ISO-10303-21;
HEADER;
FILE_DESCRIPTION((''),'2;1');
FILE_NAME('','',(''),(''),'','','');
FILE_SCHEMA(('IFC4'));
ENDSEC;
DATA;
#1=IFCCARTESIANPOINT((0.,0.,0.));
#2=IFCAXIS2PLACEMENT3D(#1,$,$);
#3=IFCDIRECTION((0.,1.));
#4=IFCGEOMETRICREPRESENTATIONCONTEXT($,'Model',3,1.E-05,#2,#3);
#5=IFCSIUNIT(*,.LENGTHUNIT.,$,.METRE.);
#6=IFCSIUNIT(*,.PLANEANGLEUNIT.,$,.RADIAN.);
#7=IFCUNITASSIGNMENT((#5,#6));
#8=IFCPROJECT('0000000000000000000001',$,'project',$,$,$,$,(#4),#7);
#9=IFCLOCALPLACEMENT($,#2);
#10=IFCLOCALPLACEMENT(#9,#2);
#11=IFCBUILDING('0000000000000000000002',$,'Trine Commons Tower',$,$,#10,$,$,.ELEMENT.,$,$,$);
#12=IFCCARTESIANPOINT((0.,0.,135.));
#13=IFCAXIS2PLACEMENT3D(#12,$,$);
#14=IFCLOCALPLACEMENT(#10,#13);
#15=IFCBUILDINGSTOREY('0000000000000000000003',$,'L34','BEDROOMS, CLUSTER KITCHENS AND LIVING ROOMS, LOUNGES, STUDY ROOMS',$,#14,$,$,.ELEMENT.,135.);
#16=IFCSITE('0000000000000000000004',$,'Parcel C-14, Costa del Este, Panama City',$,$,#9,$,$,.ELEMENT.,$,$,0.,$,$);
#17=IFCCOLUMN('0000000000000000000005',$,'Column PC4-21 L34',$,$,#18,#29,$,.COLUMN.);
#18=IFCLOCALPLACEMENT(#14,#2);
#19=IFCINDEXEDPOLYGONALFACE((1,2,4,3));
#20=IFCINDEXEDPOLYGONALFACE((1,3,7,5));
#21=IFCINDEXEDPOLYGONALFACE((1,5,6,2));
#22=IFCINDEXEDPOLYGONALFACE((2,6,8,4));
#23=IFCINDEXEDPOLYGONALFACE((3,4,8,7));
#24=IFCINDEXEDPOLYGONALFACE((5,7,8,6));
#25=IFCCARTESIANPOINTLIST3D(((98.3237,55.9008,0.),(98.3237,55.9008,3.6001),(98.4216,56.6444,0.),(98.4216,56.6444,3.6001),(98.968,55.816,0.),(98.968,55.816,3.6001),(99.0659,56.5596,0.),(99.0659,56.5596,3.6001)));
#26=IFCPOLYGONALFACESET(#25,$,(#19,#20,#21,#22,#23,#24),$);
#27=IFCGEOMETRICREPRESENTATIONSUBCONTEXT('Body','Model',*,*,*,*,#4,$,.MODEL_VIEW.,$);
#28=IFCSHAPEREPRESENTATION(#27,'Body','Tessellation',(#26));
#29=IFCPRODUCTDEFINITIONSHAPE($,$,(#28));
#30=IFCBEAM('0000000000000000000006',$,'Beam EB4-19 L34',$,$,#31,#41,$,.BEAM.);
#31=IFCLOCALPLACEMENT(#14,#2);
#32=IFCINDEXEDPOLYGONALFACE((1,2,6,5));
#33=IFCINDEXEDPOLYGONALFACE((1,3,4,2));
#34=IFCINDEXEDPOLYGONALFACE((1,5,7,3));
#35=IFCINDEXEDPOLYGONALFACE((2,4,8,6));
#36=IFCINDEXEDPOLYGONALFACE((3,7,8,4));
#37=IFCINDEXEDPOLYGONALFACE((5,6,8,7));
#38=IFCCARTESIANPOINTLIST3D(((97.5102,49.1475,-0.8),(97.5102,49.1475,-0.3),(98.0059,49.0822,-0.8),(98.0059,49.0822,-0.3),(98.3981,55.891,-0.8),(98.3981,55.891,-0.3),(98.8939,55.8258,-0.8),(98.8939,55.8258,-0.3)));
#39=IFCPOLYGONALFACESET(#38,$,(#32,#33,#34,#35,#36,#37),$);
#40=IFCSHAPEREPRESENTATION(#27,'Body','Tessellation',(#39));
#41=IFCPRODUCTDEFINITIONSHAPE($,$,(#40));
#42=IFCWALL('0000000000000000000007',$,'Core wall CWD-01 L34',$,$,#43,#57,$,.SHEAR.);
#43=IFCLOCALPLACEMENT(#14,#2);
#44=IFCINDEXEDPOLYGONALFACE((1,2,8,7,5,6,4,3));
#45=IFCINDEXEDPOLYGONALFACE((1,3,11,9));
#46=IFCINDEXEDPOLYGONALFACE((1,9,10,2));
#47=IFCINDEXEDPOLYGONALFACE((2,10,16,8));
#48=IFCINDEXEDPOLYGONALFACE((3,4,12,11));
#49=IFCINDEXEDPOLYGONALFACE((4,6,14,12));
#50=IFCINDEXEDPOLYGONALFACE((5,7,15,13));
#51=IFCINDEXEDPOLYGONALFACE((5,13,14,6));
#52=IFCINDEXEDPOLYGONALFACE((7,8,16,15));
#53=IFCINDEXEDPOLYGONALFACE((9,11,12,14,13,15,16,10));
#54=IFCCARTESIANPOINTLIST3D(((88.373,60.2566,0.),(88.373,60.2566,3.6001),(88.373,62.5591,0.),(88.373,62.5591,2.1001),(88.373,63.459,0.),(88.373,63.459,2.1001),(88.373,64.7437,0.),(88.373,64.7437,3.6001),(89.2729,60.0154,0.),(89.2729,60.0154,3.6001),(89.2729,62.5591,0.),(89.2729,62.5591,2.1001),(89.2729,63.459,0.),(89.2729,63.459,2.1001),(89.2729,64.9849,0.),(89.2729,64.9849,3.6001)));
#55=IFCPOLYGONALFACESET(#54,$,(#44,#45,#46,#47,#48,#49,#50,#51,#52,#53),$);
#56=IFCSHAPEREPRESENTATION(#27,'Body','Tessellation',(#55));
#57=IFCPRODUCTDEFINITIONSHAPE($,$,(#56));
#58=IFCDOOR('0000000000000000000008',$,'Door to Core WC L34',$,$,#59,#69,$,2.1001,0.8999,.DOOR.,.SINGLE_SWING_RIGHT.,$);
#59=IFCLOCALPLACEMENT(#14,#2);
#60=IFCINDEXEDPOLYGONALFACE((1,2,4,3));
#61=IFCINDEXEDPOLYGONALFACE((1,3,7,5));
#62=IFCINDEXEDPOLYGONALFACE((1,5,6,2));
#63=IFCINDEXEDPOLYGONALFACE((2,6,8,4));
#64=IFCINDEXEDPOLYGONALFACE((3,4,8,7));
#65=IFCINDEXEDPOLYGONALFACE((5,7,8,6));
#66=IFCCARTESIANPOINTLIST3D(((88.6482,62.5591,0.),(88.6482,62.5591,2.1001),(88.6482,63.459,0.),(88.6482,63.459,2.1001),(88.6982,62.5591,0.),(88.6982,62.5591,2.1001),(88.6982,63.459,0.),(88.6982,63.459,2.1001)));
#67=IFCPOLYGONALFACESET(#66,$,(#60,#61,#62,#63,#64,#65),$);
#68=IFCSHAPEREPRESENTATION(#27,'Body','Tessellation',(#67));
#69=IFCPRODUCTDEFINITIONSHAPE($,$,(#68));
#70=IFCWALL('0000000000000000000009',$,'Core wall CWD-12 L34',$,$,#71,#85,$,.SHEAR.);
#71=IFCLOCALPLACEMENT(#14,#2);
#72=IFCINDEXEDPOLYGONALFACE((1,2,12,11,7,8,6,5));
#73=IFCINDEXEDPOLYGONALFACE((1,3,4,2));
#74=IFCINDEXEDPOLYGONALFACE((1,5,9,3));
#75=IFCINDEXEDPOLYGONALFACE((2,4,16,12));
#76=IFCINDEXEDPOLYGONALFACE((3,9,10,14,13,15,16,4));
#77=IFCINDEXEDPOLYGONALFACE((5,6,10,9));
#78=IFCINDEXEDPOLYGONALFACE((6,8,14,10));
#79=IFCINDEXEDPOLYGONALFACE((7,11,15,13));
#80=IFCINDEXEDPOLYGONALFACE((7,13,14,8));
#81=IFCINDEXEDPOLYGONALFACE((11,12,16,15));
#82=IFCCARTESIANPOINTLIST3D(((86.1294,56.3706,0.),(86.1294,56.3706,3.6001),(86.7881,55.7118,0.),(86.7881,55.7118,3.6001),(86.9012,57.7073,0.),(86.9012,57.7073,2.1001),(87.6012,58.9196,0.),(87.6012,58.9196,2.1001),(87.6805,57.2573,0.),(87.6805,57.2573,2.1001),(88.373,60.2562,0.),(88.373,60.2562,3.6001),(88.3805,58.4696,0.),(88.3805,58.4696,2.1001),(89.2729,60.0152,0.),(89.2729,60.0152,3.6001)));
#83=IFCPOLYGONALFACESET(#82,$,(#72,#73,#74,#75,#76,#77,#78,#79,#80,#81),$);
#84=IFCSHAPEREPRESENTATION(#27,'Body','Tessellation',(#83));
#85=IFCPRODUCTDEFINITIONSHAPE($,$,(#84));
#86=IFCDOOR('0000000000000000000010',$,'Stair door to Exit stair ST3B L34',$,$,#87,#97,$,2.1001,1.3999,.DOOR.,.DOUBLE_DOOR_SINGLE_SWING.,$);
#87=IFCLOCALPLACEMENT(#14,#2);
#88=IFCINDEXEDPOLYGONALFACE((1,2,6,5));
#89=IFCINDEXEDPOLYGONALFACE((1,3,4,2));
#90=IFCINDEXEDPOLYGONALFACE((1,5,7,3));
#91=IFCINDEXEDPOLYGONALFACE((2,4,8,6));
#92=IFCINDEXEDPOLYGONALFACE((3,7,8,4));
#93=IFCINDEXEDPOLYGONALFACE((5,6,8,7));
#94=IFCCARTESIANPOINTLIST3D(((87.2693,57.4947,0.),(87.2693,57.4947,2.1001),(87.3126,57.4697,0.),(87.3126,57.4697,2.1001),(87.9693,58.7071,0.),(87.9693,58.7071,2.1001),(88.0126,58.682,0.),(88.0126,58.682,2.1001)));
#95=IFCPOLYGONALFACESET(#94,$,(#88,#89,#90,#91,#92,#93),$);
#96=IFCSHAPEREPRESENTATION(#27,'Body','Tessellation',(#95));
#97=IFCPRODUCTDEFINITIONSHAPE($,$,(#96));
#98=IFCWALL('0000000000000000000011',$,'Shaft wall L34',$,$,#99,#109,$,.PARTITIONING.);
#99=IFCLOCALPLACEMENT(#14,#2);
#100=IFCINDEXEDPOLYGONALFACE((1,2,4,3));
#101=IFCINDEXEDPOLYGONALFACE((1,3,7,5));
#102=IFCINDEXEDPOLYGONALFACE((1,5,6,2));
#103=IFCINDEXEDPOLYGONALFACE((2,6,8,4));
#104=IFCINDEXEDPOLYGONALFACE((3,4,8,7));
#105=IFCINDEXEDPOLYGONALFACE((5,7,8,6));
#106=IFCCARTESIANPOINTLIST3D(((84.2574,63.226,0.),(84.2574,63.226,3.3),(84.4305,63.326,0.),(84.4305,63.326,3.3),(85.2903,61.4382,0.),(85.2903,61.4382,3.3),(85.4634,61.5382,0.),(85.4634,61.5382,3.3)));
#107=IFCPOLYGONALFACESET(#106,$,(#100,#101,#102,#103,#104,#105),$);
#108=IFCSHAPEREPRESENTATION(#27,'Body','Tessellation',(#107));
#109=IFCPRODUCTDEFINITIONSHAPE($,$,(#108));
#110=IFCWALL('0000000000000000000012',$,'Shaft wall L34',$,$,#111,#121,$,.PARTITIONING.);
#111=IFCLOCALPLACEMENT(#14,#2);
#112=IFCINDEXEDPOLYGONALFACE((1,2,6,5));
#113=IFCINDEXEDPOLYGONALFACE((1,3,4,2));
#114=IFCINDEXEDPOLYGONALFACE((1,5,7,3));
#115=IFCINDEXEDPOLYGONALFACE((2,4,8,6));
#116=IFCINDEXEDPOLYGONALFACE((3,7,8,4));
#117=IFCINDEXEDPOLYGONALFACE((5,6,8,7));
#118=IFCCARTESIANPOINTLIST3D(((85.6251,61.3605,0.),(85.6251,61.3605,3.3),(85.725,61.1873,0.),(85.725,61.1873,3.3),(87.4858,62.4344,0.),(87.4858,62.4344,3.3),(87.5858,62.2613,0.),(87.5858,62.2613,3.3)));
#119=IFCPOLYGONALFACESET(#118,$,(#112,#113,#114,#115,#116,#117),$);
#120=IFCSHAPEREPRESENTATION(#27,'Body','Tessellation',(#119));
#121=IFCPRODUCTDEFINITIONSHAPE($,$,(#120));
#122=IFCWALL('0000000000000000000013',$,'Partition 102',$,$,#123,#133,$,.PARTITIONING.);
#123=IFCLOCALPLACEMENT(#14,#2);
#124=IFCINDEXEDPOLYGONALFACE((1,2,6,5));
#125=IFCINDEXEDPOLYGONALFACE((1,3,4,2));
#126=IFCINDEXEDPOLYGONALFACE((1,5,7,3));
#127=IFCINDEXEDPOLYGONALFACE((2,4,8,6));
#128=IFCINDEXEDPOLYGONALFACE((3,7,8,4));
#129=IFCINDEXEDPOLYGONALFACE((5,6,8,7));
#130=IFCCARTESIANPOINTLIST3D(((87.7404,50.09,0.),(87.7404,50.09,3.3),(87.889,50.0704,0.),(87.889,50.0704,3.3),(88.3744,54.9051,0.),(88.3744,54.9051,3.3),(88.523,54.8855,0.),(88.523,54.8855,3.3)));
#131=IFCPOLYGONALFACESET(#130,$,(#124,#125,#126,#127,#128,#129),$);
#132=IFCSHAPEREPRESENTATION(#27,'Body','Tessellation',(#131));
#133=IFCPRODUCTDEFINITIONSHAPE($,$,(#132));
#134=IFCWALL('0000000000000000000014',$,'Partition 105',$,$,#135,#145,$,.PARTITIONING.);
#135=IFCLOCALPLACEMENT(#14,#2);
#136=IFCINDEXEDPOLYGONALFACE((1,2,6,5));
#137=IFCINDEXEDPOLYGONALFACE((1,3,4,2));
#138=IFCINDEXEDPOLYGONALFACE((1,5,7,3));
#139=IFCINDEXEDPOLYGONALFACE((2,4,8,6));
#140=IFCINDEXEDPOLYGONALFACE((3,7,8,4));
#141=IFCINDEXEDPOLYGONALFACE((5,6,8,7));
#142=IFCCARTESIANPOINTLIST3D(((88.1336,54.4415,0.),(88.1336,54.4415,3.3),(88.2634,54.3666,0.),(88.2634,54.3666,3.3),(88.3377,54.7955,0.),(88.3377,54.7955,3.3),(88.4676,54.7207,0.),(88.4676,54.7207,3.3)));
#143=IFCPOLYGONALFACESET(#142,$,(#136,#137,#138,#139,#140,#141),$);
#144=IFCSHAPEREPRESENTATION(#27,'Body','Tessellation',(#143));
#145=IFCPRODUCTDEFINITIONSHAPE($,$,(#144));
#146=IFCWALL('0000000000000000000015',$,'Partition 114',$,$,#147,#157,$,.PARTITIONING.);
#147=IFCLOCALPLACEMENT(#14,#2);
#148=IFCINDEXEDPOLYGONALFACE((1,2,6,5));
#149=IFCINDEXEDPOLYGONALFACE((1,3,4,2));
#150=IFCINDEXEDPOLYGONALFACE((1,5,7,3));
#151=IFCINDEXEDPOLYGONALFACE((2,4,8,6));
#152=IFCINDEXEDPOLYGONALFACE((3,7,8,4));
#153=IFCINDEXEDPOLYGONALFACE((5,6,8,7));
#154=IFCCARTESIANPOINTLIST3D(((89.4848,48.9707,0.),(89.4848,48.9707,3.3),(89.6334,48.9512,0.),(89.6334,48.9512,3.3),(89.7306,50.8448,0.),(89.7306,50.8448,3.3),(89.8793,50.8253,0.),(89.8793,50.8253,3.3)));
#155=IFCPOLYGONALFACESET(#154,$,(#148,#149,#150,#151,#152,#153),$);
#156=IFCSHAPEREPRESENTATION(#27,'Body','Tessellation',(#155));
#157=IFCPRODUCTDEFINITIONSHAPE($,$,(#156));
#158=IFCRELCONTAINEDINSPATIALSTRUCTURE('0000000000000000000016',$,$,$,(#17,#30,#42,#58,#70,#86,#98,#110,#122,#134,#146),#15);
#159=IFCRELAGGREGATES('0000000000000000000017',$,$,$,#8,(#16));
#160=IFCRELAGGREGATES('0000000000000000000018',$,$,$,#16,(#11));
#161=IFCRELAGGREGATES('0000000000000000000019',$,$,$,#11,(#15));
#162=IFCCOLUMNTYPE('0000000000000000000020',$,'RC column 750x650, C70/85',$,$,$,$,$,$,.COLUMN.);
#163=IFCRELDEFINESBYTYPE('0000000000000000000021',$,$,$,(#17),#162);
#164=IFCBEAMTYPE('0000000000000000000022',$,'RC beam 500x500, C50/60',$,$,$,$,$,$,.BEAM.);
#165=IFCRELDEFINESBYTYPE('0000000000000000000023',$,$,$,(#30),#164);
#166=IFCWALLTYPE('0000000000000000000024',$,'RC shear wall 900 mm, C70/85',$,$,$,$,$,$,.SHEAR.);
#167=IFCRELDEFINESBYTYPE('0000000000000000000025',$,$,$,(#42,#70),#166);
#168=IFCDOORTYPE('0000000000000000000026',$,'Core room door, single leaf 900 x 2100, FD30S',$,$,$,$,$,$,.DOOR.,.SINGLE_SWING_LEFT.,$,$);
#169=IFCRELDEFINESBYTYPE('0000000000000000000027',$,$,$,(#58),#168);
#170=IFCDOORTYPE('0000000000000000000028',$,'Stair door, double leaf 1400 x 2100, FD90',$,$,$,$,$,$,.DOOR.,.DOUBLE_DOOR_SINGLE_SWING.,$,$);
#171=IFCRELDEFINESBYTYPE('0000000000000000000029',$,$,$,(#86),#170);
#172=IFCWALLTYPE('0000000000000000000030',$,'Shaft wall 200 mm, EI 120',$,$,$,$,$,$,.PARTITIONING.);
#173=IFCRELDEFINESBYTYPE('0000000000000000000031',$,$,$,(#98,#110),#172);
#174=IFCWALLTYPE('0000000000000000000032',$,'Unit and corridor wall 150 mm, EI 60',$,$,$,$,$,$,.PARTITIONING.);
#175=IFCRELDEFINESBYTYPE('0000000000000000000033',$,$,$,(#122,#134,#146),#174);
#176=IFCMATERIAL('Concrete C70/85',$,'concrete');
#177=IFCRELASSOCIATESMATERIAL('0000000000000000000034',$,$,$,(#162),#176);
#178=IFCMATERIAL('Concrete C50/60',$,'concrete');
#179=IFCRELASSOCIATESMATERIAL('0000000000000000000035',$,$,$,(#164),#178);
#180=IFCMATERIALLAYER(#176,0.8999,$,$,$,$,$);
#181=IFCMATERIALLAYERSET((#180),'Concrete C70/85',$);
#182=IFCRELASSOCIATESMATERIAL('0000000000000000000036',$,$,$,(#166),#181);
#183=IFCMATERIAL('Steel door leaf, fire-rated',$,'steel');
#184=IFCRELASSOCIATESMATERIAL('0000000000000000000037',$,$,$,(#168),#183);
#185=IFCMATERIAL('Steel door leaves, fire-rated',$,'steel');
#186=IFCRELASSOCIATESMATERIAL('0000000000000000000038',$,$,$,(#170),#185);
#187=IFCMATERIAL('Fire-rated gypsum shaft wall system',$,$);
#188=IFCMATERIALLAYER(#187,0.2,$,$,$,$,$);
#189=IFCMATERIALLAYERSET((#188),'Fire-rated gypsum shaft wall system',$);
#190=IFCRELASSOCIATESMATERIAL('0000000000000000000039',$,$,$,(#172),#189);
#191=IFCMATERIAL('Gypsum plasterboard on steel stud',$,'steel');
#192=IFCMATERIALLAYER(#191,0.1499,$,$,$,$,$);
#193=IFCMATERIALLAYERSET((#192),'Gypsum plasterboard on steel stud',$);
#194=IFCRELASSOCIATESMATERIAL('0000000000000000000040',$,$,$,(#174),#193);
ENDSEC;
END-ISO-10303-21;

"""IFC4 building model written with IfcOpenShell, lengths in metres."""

from ifc_helpers import new_model, si_unit, direction, frame, frame_2d, origin, origin_2d, place, context, subcontext, project, spatial, polyline, rectangle, outline, extrude, material, layer, layer_set, material_profile, profile_set, type_object, element, fill, save


model = new_model("IFC4")

# Units and contexts
model_context = context("Model", 3, precision=1e-05, world=origin(), true_north=direction((0.0, 1.0)))
body_context = subcontext(model_context, "Body", "Model", "MODEL_VIEW")
ifc_project = project(units=[si_unit("LENGTHUNIT", "METRE"), si_unit("PLANEANGLEUNIT", "RADIAN")], contexts=[model_context])

# Site, building, storey
site_placement = place(None, origin())
site = spatial("IfcSite", under=ifc_project, at=site_placement, Name="Parcel C-14, Costa del Este, Panama City", CompositionType="ELEMENT", RefElevation=0.0)
building_placement = place(site_placement, origin())
building = spatial("IfcBuilding", under=site, at=building_placement, Name="Trine Commons Tower", CompositionType="ELEMENT")
storey_placement = place(building_placement, frame((0.0, 0.0, 135.0)))
storey = spatial("IfcBuildingStorey", under=building, at=storey_placement, Name="L34", Description="BEDROOMS, CLUSTER KITCHENS AND LIVING ROOMS, LOUNGES, STUDY ROOMS", CompositionType="ELEMENT", Elevation=135.0)

# Column
ifc_material_1 = material(Name="Concrete C70/85", Category="concrete")
ifc_material_profile_1 = material_profile(ifc_material_1, rectangle(XDim=0.75, YDim=0.6499, at=origin_2d()), Name="RC 750x650")
ifc_profile_set_1 = profile_set([ifc_material_profile_1], Name="Concrete C70/85")
column_type = type_object("IfcColumnType", Name="RC column 750x650, C70/85", PredefinedType="COLUMN", material=ifc_profile_set_1)
column_placement = place(storey_placement, frame((98.6948, 56.2302, 0.0), z_axis=(0.0, 0.0, 1.0), x_axis=(0.130526, 0.991445, 0.0)))
element("IfcColumn", 1, at=column_placement, inside=storey, type_object=column_type, Name="Column PC4-21 L34", PredefinedType="COLUMN", context=body_context, shape_type="SweptSolid", body=[
    extrude(rectangle(XDim=0.75, YDim=0.6499, at=origin_2d()), origin(), (0.0, 0.0, 1.0), 3.6001),
])

# Beam
ifc_material_2 = material(Name="Concrete C50/60", Category="concrete")
ifc_material_profile_2 = material_profile(ifc_material_2, rectangle(XDim=0.5, YDim=0.5, at=origin_2d()), Name="RC 500x500")
ifc_profile_set_2 = profile_set([ifc_material_profile_2], Name="Concrete C50/60")
beam_type = type_object("IfcBeamType", Name="RC beam 500x500, C50/60", PredefinedType="BEAM", material=ifc_profile_set_2)
beam_placement = place(storey_placement, frame((98.646, 55.8584, -0.55), z_axis=(-0.130544, -0.991443, 0.0), x_axis=(0.991443, -0.130544, 0.0)))
element("IfcBeam", 2, at=beam_placement, inside=storey, type_object=beam_type, Name="Beam EB4-19 L34", PredefinedType="BEAM", context=body_context, shape_type="SweptSolid", body=[
    extrude(rectangle(XDim=0.5, YDim=0.5, at=origin_2d()), origin(), (0.0, 0.0, 1.0), 6.8018),
])

# Walls, openings, doors
ifc_layer_1 = layer(ifc_material_1, 0.8999)
ifc_layer_set_1 = layer_set([ifc_layer_1], Name="Concrete C70/85")
wall_type_1 = type_object("IfcWallType", Name="RC shear wall 900 mm, C70/85", PredefinedType="SHEAR", material=ifc_layer_set_1)
wall_1_placement = place(storey_placement, frame((88.823, 60.0154, 0.0), z_axis=(0.0, 0.0, 1.0), x_axis=(0.0, 1.0, 0.0)))
wall_1 = element("IfcWall", 3, at=wall_1_placement, inside=storey, type_object=wall_type_1, Name="Core wall CWD-01 L34", PredefinedType="SHEAR", context=body_context, shape_type="SweptSolid", body=[
    extrude(outline(polyline([(0.0, -0.45), (4.9695, -0.45), (4.7283, 0.45), (0.2412, 0.45), (0.0, -0.45)])), origin(), (0.0, 0.0, 1.0), 3.6001),
])
opening_1_placement = place(wall_1_placement, frame((2.5437, 0.0, 0.0)))
opening_1 = element("IfcOpeningElement", 4, at=opening_1_placement, cuts=wall_1, PredefinedType="OPENING", context=body_context, shape_type="SweptSolid", body=[
    extrude(rectangle(XDim=0.8999, YDim=2.1001, at=frame_2d((0.45, 1.05))), frame((0.0, 0.46, 0.0), z_axis=(0.0, -1.0, 0.0), x_axis=(1.0, 0.0, 0.0)), (0.0, 0.0, 1.0), 0.9199),
])
ifc_material_3 = material(Name="Steel door leaf, fire-rated", Category="steel")
door_type_1 = type_object("IfcDoorType", Name="Core room door, single leaf 900 x 2100, FD30S", OperationType="SINGLE_SWING_LEFT", PredefinedType="DOOR", material=ifc_material_3)
door_1_placement = place(opening_1_placement, origin())
door_1 = element("IfcDoor", 5, at=door_1_placement, inside=storey, type_object=door_type_1, Name="Door to Core WC L34", OperationType="SINGLE_SWING_RIGHT", OverallHeight=2.1001, OverallWidth=0.8999, PredefinedType="DOOR", context=body_context, shape_type="SweptSolid", body=[
    extrude(rectangle(XDim=0.8999, YDim=2.1001, at=frame_2d((0.45, 1.05))), frame((0.0, 0.1748, 0.0), z_axis=(0.0, -1.0, 0.0), x_axis=(1.0, 0.0, 0.0)), (0.0, 0.0, 1.0), 0.05),
])
fill(opening_1, door_1)
wall_2_placement = place(storey_placement, frame((86.3984, 55.9368, 0.0), z_axis=(0.0, 0.0, 1.0), x_axis=(0.500039, 0.866003, 0.0)))
wall_2 = element("IfcWall", 6, at=wall_2_placement, inside=storey, type_object=wall_type_1, Name="Core wall CWD-12 L34", PredefinedType="SHEAR", context=body_context, shape_type="SweptSolid", body=[
    extrude(outline(polyline([(0.0, -0.45), (4.9692, -0.45), (4.728, 0.45), (0.2412, 0.45), (0.0, -0.45)])), origin(), (0.0, 0.0, 1.0), 3.6001),
])
opening_2_placement = place(wall_2_placement, frame((1.7847, 0.0, 0.0)))
opening_2 = element("IfcOpeningElement", 7, at=opening_2_placement, cuts=wall_2, PredefinedType="OPENING", context=body_context, shape_type="SweptSolid", body=[
    extrude(rectangle(XDim=1.3999, YDim=2.1001, at=frame_2d((0.7, 1.05))), frame((0.0, 0.46, 0.0), z_axis=(0.0, -1.0, 0.0), x_axis=(1.0, 0.0, 0.0)), (0.0, 0.0, 1.0), 0.9199),
])
ifc_material_4 = material(Name="Steel door leaves, fire-rated", Category="steel")
door_type_2 = type_object("IfcDoorType", Name="Stair door, double leaf 1400 x 2100, FD90", OperationType="DOUBLE_DOOR_SINGLE_SWING", PredefinedType="DOOR", material=ifc_material_4)
door_2_placement = place(opening_2_placement, origin())
door_2 = element("IfcDoor", 8, at=door_2_placement, inside=storey, type_object=door_type_2, Name="Stair door to Exit stair ST3B L34", OperationType="DOUBLE_DOOR_SINGLE_SWING", OverallHeight=2.1001, OverallWidth=1.3999, PredefinedType="DOOR", context=body_context, shape_type="SweptSolid", body=[
    extrude(rectangle(XDim=1.3999, YDim=2.1001, at=frame_2d((0.7, 1.05))), frame((0.0, 0.0249, 0.0), z_axis=(0.0, -1.0, 0.0), x_axis=(1.0, 0.0, 0.0)), (0.0, 0.0, 1.0), 0.05),
])
fill(opening_2, door_2)

# Walls
ifc_material_5 = material(Name="Fire-rated gypsum shaft wall system")
ifc_layer_2 = layer(ifc_material_5, 0.2)
ifc_layer_set_2 = layer_set([ifc_layer_2], Name="Fire-rated gypsum shaft wall system")
wall_type_2 = type_object("IfcWallType", Name="Shaft wall 200 mm, EI 120", PredefinedType="PARTITIONING", material=ifc_layer_set_2)
wall_3_placement = place(storey_placement, frame((84.344, 63.2759, 0.0), z_axis=(0.0, 0.0, 1.0), x_axis=(0.500272, -0.865868, 0.0)))
element("IfcWall", 9, at=wall_3_placement, inside=storey, type_object=wall_type_2, Name="Shaft wall L34", PredefinedType="PARTITIONING", context=body_context, shape_type="SweptSolid", body=[
    extrude(rectangle(XDim=2.0647, YDim=0.2, at=frame_2d((1.0322, 0.0))), origin(), (0.0, 0.0, 1.0), 3.3),
])
wall_4_placement = place(storey_placement, frame((85.675, 61.2739, 0.0), z_axis=(0.0, 0.0, 1.0), x_axis=(0.866102, 0.499867, 0.0)))
element("IfcWall", 10, at=wall_4_placement, inside=storey, type_object=wall_type_2, Name="Shaft wall L34", PredefinedType="PARTITIONING", context=body_context, shape_type="SweptSolid", body=[
    extrude(rectangle(XDim=2.1484, YDim=0.2, at=frame_2d((1.0742, 0.0))), origin(), (0.0, 0.0, 1.0), 3.3),
])
ifc_material_6 = material(Name="Gypsum plasterboard on steel stud", Category="steel")
ifc_layer_3 = layer(ifc_material_6, 0.1499)
ifc_layer_set_3 = layer_set([ifc_layer_3], Name="Gypsum plasterboard on steel stud")
wall_type_3 = type_object("IfcWallType", Name="Unit and corridor wall 150 mm, EI 60", PredefinedType="PARTITIONING", material=ifc_layer_set_3)
wall_5_placement = place(storey_placement, frame((87.8147, 50.0803, 0.0), z_axis=(0.0, 0.0, 1.0), x_axis=(0.130547, 0.991442, 0.0)))
element("IfcWall", 11, at=wall_5_placement, inside=storey, type_object=wall_type_3, Name="Partition 102", PredefinedType="PARTITIONING", context=body_context, shape_type="SweptSolid", body=[
    extrude(rectangle(XDim=4.8567, YDim=0.1499, at=frame_2d((2.4282, 0.0))), origin(), (0.0, 0.0, 1.0), 3.3),
])
wall_6_placement = place(storey_placement, frame((88.1985, 54.4041, 0.0), z_axis=(0.0, 0.0, 1.0), x_axis=(0.499481, 0.866325, 0.0)))
element("IfcWall", 12, at=wall_6_placement, inside=storey, type_object=wall_type_3, Name="Partition 105", PredefinedType="PARTITIONING", context=body_context, shape_type="SweptSolid", body=[
    extrude(rectangle(XDim=0.4087, YDim=0.1499, at=frame_2d((0.2043, 0.0))), origin(), (0.0, 0.0, 1.0), 3.3),
])
wall_7_placement = place(storey_placement, frame((89.5591, 48.9609, 0.0), z_axis=(0.0, 0.0, 1.0), x_axis=(0.130074, 0.991504, 0.0)))
element("IfcWall", 13, at=wall_7_placement, inside=storey, type_object=wall_type_3, Name="Partition 114", PredefinedType="PARTITIONING", context=body_context, shape_type="SweptSolid", body=[
    extrude(rectangle(XDim=1.8901, YDim=0.1499, at=frame_2d((0.9451, 0.0))), origin(), (0.0, 0.0, 1.0), 3.3),
])

save(model, "model.ifc")
